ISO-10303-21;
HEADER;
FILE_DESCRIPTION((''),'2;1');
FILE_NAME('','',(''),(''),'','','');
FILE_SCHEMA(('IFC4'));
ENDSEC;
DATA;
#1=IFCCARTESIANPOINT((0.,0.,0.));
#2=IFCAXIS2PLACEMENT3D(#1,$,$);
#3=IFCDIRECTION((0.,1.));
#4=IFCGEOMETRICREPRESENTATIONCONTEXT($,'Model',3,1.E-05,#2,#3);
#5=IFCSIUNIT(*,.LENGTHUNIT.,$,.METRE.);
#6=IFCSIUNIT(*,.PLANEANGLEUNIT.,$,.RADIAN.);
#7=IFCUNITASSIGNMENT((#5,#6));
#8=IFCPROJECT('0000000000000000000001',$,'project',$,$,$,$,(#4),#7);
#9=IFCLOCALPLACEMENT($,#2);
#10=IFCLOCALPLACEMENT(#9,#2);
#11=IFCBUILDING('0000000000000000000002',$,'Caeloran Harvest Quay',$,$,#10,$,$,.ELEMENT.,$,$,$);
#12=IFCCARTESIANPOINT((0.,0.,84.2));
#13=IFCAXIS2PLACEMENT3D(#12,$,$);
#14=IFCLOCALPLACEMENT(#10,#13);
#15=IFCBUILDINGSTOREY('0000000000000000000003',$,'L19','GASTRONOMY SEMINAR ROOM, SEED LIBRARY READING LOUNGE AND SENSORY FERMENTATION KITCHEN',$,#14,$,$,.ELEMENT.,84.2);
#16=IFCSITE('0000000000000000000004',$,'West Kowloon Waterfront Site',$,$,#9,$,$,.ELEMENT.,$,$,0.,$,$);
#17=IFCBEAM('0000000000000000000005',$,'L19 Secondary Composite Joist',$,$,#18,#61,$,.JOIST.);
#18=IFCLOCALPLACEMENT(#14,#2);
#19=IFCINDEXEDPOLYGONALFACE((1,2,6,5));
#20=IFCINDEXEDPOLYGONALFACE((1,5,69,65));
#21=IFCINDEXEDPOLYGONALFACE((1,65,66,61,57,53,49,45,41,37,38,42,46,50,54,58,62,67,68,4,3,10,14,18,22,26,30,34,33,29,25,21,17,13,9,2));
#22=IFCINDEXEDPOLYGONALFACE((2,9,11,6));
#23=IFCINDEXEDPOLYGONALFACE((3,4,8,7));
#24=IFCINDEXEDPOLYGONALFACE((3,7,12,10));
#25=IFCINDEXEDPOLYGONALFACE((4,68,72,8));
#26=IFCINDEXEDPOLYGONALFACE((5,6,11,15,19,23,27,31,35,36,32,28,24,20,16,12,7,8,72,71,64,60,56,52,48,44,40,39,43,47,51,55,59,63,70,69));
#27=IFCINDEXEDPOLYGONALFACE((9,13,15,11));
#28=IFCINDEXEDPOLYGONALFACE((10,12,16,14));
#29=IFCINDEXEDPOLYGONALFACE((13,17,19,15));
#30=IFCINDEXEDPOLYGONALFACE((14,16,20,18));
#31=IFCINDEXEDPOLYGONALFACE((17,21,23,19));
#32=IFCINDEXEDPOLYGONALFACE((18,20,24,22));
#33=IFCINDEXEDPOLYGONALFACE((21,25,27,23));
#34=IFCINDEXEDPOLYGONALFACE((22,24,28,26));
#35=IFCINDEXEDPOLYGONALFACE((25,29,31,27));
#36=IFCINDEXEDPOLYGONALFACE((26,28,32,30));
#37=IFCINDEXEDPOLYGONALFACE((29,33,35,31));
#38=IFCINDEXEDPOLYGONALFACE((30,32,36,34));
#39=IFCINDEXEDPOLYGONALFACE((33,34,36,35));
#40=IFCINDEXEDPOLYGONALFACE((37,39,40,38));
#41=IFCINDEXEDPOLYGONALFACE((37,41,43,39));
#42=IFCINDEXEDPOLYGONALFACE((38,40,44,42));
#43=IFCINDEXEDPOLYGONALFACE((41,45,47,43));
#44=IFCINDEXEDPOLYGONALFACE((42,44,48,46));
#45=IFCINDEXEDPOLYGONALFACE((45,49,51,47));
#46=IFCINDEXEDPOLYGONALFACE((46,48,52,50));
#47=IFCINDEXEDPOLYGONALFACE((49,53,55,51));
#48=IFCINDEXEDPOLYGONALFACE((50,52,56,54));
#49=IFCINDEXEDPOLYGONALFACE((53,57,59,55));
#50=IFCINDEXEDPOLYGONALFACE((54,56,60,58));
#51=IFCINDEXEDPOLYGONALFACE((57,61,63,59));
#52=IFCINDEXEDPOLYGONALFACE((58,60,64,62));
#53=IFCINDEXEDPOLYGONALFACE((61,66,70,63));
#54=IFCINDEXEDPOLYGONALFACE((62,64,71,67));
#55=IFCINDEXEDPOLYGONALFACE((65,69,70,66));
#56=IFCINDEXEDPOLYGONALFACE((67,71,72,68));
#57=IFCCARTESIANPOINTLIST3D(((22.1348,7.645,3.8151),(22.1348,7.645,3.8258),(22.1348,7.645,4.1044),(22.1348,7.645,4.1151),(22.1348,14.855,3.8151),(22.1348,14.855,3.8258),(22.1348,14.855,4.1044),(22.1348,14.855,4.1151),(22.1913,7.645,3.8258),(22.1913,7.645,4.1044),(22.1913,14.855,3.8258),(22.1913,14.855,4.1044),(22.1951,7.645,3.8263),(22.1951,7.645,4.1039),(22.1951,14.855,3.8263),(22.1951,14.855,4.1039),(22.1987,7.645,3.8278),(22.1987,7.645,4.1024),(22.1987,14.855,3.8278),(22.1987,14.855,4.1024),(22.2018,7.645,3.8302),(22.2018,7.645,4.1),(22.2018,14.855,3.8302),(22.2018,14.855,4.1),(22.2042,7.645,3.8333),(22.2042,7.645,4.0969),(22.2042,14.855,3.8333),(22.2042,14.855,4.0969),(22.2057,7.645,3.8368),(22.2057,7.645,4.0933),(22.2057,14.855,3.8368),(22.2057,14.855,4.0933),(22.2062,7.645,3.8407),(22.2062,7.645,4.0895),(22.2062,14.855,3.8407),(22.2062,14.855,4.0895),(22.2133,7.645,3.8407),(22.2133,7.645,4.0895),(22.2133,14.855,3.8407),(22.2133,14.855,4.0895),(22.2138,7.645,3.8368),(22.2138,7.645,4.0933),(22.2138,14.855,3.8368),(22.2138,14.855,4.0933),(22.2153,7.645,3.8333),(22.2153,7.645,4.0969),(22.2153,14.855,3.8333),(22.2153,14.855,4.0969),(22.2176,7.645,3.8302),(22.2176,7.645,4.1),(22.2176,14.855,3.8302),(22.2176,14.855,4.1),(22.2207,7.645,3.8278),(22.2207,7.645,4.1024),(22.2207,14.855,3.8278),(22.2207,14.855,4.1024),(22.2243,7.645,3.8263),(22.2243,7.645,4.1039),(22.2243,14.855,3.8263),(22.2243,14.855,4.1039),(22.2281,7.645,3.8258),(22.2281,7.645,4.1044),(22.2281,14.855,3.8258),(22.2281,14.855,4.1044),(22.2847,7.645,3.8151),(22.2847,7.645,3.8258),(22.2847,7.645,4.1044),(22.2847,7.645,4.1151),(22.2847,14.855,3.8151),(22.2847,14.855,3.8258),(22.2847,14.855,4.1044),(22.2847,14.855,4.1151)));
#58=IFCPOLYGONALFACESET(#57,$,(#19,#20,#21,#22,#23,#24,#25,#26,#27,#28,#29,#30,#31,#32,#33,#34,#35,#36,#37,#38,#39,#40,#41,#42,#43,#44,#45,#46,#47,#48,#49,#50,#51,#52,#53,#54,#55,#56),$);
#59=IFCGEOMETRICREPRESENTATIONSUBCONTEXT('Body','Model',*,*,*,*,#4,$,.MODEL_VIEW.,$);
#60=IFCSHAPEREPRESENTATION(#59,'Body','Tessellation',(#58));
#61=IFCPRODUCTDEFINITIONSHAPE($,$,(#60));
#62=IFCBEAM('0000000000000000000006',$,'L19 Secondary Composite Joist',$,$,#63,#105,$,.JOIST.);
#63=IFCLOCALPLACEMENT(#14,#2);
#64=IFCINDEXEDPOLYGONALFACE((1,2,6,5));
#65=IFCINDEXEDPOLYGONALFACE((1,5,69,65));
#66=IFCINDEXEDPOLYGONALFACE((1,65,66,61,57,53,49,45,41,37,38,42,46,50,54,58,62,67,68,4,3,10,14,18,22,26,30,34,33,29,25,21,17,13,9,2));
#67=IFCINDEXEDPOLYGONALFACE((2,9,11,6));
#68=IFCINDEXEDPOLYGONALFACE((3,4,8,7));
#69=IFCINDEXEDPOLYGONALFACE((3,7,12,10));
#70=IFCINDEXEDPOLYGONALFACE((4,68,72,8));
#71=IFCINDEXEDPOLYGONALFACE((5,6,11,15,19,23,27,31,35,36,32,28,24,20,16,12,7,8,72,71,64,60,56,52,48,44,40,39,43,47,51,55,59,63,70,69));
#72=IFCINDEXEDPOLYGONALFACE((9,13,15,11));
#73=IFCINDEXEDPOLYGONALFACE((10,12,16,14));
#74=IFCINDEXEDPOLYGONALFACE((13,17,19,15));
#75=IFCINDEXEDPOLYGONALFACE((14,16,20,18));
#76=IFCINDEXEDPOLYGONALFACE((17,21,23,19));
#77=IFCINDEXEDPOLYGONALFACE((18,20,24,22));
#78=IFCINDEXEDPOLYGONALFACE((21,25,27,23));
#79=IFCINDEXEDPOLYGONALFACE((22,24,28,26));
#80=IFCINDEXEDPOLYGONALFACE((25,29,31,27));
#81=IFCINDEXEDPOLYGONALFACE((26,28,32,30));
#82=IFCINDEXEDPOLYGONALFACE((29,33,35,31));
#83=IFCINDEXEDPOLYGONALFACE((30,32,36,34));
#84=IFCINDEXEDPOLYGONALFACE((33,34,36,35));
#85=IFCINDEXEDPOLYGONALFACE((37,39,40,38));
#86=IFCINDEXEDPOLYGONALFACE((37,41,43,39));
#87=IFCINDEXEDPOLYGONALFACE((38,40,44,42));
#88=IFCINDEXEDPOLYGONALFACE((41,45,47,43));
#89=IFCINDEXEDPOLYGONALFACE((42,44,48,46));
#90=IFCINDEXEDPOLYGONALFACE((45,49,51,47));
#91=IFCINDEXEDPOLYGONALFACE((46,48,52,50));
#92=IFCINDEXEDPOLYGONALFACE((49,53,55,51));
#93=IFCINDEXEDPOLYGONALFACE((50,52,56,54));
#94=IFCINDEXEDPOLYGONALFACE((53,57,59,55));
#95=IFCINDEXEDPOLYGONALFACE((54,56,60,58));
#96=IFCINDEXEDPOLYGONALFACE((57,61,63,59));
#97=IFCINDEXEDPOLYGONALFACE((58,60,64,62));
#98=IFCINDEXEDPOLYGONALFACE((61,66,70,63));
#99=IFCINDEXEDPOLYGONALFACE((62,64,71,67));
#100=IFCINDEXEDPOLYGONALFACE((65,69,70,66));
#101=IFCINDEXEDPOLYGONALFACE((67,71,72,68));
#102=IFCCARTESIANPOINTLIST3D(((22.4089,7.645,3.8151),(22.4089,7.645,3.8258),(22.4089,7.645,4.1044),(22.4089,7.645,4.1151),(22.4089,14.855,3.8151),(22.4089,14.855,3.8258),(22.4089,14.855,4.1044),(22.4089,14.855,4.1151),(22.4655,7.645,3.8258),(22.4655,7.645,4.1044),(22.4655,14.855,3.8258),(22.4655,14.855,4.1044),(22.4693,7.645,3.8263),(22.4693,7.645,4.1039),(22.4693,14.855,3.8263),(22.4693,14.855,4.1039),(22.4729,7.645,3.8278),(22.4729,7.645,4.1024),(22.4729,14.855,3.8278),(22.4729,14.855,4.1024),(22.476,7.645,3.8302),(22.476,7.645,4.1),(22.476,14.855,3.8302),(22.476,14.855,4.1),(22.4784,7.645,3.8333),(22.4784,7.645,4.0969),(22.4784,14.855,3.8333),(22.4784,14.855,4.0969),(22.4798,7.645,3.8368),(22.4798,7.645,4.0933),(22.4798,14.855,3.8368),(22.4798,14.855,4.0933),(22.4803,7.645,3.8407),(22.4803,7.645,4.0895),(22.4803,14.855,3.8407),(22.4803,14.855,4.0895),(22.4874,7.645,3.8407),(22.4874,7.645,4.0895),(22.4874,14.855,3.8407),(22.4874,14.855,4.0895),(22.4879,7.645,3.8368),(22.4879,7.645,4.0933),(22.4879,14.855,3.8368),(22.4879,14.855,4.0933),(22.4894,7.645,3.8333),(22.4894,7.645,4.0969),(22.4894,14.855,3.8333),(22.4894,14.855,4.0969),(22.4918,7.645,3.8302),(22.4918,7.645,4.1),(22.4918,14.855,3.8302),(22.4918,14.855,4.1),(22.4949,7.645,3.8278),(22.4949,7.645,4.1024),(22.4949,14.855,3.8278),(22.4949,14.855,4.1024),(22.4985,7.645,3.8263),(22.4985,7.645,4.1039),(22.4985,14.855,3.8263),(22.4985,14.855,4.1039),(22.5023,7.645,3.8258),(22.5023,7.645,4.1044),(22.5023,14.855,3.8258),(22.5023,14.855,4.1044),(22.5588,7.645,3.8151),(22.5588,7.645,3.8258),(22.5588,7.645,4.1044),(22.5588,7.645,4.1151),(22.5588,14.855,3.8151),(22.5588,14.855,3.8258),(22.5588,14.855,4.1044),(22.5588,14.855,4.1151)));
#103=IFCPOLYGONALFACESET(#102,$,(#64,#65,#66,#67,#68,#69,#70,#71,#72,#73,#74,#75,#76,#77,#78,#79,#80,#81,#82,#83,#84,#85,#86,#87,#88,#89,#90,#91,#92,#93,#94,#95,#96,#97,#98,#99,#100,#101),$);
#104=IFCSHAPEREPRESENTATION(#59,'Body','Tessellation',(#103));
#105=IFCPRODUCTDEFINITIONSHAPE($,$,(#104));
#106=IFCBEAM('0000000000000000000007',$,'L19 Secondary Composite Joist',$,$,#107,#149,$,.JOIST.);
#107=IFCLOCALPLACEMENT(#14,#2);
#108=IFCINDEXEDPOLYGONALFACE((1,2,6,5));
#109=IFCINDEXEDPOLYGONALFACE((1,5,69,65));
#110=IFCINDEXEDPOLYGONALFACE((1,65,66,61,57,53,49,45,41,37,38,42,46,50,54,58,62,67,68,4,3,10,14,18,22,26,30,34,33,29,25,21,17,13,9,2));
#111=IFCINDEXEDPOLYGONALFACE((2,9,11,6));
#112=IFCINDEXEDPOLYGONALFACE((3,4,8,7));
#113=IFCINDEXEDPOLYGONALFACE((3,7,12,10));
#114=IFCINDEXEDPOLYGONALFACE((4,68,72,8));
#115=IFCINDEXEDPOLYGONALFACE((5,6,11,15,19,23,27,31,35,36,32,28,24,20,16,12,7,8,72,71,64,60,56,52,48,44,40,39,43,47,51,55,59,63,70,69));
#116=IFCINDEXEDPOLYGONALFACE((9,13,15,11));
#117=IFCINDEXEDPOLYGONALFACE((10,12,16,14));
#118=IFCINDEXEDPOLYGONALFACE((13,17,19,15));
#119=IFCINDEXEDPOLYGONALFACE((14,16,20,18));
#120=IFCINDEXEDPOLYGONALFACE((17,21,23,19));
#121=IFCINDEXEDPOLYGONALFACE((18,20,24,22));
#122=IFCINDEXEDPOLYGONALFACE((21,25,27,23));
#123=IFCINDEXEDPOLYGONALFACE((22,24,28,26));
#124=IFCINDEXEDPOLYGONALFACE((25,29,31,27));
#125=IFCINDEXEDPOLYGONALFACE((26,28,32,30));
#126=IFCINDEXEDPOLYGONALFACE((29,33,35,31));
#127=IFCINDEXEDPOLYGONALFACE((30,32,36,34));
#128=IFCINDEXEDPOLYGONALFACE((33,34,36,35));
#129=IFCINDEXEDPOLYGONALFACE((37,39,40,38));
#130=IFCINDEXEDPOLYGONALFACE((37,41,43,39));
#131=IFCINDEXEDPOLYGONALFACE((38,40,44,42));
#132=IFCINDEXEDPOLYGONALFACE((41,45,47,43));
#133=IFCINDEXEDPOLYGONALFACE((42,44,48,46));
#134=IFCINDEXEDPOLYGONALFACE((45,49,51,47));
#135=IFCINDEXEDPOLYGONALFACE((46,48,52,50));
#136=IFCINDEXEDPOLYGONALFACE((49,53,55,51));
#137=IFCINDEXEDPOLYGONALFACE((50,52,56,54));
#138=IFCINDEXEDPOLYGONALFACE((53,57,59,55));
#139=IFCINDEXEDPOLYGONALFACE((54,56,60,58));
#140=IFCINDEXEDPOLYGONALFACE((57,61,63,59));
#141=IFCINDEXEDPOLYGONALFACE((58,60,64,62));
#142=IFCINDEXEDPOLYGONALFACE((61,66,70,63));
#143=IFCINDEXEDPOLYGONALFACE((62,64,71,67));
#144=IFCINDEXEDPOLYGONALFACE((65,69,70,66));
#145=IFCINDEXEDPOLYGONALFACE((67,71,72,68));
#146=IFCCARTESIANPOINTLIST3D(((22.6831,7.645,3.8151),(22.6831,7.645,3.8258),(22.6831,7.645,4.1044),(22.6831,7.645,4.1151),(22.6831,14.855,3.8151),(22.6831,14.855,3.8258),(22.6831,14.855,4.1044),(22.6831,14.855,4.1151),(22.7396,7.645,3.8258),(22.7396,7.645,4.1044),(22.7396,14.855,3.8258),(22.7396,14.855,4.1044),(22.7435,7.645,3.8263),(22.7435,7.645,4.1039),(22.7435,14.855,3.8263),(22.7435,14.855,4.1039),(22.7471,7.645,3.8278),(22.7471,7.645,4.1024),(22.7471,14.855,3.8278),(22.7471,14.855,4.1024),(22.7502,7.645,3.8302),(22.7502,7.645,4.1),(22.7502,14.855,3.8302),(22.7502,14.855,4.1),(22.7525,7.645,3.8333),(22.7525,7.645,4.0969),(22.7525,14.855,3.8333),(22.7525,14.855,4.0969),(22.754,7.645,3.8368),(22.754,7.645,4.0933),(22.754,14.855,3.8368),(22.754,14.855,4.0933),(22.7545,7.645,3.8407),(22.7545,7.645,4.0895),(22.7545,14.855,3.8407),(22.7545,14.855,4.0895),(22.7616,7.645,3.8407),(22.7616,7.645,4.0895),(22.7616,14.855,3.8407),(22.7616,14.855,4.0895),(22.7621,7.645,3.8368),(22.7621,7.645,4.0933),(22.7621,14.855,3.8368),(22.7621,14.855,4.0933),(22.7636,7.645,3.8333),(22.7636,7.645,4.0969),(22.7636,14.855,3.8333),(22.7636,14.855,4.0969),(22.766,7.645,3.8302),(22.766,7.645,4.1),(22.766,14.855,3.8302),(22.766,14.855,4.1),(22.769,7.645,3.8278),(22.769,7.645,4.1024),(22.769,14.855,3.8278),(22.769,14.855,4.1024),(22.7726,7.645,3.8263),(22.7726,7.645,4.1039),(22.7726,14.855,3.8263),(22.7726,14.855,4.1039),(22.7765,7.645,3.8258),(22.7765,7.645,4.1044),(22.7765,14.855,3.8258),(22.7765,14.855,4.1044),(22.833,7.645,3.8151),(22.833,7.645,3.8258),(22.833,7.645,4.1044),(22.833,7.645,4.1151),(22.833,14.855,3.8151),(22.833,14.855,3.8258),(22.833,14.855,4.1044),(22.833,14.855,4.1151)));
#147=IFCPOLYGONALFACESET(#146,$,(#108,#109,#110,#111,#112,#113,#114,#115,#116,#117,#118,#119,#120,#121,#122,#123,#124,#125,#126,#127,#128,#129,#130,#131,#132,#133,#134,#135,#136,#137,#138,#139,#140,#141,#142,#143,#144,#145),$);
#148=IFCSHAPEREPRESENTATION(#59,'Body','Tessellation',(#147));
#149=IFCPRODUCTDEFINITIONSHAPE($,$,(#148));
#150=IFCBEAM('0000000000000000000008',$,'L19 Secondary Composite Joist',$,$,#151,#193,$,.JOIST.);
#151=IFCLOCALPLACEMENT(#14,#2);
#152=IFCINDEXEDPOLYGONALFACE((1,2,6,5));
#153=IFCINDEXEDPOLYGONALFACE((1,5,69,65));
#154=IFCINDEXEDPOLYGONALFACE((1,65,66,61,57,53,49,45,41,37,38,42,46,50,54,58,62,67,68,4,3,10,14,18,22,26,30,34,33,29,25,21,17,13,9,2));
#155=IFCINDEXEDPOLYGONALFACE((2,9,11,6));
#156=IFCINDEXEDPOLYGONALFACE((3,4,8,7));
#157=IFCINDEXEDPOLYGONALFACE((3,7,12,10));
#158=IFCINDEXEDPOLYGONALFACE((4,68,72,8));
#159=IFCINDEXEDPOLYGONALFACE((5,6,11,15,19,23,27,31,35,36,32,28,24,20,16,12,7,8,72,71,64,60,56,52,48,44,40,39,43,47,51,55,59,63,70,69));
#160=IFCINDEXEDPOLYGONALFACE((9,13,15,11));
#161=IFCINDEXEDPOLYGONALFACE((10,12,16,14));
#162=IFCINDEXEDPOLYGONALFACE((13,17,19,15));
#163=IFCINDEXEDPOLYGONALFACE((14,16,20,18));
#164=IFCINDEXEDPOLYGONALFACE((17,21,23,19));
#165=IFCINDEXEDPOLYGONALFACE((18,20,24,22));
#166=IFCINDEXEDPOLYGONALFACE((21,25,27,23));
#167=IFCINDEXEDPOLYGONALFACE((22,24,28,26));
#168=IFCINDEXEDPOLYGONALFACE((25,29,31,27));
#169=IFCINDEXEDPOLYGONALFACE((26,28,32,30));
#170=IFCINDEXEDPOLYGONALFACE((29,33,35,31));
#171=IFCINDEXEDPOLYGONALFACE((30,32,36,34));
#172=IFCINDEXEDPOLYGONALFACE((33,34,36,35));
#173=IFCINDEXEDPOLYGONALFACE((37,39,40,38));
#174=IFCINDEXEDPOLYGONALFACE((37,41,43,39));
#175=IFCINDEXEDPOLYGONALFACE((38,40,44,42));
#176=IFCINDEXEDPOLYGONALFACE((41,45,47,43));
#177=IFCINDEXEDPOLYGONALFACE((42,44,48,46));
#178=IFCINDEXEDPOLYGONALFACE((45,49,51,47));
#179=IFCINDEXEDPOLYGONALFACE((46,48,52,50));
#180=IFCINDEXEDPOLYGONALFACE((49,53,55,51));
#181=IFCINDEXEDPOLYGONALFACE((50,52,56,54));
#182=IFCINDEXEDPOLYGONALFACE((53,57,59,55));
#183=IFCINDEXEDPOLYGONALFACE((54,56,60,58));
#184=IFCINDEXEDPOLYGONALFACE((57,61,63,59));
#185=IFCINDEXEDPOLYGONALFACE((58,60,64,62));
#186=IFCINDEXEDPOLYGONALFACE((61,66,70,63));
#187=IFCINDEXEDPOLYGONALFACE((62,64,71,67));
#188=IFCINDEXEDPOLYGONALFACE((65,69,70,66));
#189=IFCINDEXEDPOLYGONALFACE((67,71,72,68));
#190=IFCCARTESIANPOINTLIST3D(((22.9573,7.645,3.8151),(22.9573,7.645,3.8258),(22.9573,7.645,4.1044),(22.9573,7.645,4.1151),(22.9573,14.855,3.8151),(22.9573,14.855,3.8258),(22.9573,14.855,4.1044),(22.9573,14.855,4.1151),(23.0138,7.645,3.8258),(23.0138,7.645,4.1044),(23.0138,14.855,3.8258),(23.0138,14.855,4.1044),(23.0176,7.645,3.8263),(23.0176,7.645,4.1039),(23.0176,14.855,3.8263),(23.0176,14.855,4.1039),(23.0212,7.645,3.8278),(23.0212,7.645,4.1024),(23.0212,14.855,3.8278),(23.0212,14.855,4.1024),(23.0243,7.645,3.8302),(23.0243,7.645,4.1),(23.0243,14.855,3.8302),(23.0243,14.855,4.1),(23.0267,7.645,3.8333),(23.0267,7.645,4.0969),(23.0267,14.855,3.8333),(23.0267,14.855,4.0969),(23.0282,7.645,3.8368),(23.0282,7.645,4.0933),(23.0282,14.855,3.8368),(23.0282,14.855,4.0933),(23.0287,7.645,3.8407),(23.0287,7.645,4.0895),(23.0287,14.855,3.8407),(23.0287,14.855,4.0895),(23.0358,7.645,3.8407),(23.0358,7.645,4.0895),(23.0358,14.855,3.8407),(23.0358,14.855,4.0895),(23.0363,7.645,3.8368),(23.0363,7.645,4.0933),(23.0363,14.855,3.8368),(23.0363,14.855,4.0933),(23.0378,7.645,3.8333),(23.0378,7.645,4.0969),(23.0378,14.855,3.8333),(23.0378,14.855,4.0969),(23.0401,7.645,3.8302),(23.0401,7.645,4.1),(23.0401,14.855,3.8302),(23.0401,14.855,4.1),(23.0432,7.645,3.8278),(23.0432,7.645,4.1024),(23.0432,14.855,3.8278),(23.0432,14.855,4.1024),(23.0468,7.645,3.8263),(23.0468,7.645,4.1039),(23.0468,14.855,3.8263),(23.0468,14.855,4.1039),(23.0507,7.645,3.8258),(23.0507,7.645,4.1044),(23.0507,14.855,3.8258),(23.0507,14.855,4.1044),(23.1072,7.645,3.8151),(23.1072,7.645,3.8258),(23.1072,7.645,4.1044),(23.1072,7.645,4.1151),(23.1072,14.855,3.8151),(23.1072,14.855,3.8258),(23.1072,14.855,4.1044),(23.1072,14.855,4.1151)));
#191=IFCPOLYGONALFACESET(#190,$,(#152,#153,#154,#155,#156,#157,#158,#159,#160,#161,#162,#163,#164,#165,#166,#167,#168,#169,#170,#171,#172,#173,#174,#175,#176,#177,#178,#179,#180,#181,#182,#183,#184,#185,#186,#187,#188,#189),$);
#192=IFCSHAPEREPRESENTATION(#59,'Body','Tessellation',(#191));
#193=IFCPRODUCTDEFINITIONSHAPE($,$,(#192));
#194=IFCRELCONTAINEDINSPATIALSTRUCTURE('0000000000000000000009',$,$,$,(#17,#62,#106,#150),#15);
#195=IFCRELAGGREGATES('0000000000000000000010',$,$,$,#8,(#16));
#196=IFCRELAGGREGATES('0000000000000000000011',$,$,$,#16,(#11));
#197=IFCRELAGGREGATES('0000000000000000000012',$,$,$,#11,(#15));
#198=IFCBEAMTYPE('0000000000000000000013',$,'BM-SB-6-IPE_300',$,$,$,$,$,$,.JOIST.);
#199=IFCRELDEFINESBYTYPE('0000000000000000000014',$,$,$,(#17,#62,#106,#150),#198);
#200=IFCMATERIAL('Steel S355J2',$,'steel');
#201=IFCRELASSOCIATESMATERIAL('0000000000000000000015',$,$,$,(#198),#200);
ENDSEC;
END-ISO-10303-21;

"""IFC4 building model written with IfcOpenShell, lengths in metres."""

from ifc_helpers import new_model, si_unit, direction, frame, origin, origin_2d, place, context, subcontext, project, spatial, i_section, extrude, material, material_profile, profile_set, type_object, element, save


model = new_model("IFC4")

# Units and contexts
model_context = context("Model", 3, precision=1e-05, world=origin(), true_north=direction((0.0, 1.0)))
body_context = subcontext(model_context, "Body", "Model", "MODEL_VIEW")
ifc_project = project(units=[si_unit("LENGTHUNIT", "METRE"), si_unit("PLANEANGLEUNIT", "RADIAN")], contexts=[model_context])

# Site, building, storey
site_placement = place(None, origin())
site = spatial("IfcSite", under=ifc_project, at=site_placement, Name="West Kowloon Waterfront Site", CompositionType="ELEMENT", RefElevation=0.0)
building_placement = place(site_placement, origin())
building = spatial("IfcBuilding", under=site, at=building_placement, Name="Caeloran Harvest Quay", CompositionType="ELEMENT")
storey_placement = place(building_placement, frame((0.0, 0.0, 84.2)))
storey = spatial("IfcBuildingStorey", under=building, at=storey_placement, Name="L19", Description="GASTRONOMY SEMINAR ROOM, SEED LIBRARY READING LOUNGE AND SENSORY FERMENTATION KITCHEN", CompositionType="ELEMENT", Elevation=84.2)

# Beams
ifc_material_1 = material(Name="Steel S355J2", Category="steel")
ifc_material_profile_1 = material_profile(ifc_material_1, i_section(OverallWidth=0.1499, OverallDepth=0.3, WebThickness=0.0071, FlangeThickness=0.0107, FilletRadius=0.0149, at=origin_2d()), Name="IPE 300")
ifc_profile_set_1 = profile_set([ifc_material_profile_1], Name="Steel S355J2")
beam_type_1 = type_object("IfcBeamType", Name="BM-SB-6-IPE_300", PredefinedType="JOIST", material=ifc_profile_set_1)
for number, where, z_axis, x_axis, name in (
    (1, (22.2097, 7.645, 3.9651), (0.0, 1.0, 0.0), (-1.0, 0.0, 0.0), "L19 Secondary Composite Joist"),
    (2, (22.4839, 7.645, 3.9651), (0.0, 1.0, 0.0), (-1.0, 0.0, 0.0), "L19 Secondary Composite Joist"),
    (3, (22.7581, 7.645, 3.9651), (0.0, 1.0, 0.0), (-1.0, 0.0, 0.0), "L19 Secondary Composite Joist"),
    (4, (23.0322, 7.645, 3.9651), (0.0, 1.0, 0.0), (-1.0, 0.0, 0.0), "L19 Secondary Composite Joist"),
):
    element("IfcBeam", number, at=place(storey_placement, frame(where, z_axis=z_axis, x_axis=x_axis)), inside=storey, type_object=beam_type_1, Name=name, PredefinedType="JOIST", context=body_context, shape_type="SweptSolid", body=[
        extrude(i_section(OverallWidth=0.1499, OverallDepth=0.3, WebThickness=0.0071, FlangeThickness=0.0107, FilletRadius=0.0149, at=origin_2d()), origin(), (0.0, 0.0, 1.0), 7.21),
    ])

save(model, "model.ifc")
